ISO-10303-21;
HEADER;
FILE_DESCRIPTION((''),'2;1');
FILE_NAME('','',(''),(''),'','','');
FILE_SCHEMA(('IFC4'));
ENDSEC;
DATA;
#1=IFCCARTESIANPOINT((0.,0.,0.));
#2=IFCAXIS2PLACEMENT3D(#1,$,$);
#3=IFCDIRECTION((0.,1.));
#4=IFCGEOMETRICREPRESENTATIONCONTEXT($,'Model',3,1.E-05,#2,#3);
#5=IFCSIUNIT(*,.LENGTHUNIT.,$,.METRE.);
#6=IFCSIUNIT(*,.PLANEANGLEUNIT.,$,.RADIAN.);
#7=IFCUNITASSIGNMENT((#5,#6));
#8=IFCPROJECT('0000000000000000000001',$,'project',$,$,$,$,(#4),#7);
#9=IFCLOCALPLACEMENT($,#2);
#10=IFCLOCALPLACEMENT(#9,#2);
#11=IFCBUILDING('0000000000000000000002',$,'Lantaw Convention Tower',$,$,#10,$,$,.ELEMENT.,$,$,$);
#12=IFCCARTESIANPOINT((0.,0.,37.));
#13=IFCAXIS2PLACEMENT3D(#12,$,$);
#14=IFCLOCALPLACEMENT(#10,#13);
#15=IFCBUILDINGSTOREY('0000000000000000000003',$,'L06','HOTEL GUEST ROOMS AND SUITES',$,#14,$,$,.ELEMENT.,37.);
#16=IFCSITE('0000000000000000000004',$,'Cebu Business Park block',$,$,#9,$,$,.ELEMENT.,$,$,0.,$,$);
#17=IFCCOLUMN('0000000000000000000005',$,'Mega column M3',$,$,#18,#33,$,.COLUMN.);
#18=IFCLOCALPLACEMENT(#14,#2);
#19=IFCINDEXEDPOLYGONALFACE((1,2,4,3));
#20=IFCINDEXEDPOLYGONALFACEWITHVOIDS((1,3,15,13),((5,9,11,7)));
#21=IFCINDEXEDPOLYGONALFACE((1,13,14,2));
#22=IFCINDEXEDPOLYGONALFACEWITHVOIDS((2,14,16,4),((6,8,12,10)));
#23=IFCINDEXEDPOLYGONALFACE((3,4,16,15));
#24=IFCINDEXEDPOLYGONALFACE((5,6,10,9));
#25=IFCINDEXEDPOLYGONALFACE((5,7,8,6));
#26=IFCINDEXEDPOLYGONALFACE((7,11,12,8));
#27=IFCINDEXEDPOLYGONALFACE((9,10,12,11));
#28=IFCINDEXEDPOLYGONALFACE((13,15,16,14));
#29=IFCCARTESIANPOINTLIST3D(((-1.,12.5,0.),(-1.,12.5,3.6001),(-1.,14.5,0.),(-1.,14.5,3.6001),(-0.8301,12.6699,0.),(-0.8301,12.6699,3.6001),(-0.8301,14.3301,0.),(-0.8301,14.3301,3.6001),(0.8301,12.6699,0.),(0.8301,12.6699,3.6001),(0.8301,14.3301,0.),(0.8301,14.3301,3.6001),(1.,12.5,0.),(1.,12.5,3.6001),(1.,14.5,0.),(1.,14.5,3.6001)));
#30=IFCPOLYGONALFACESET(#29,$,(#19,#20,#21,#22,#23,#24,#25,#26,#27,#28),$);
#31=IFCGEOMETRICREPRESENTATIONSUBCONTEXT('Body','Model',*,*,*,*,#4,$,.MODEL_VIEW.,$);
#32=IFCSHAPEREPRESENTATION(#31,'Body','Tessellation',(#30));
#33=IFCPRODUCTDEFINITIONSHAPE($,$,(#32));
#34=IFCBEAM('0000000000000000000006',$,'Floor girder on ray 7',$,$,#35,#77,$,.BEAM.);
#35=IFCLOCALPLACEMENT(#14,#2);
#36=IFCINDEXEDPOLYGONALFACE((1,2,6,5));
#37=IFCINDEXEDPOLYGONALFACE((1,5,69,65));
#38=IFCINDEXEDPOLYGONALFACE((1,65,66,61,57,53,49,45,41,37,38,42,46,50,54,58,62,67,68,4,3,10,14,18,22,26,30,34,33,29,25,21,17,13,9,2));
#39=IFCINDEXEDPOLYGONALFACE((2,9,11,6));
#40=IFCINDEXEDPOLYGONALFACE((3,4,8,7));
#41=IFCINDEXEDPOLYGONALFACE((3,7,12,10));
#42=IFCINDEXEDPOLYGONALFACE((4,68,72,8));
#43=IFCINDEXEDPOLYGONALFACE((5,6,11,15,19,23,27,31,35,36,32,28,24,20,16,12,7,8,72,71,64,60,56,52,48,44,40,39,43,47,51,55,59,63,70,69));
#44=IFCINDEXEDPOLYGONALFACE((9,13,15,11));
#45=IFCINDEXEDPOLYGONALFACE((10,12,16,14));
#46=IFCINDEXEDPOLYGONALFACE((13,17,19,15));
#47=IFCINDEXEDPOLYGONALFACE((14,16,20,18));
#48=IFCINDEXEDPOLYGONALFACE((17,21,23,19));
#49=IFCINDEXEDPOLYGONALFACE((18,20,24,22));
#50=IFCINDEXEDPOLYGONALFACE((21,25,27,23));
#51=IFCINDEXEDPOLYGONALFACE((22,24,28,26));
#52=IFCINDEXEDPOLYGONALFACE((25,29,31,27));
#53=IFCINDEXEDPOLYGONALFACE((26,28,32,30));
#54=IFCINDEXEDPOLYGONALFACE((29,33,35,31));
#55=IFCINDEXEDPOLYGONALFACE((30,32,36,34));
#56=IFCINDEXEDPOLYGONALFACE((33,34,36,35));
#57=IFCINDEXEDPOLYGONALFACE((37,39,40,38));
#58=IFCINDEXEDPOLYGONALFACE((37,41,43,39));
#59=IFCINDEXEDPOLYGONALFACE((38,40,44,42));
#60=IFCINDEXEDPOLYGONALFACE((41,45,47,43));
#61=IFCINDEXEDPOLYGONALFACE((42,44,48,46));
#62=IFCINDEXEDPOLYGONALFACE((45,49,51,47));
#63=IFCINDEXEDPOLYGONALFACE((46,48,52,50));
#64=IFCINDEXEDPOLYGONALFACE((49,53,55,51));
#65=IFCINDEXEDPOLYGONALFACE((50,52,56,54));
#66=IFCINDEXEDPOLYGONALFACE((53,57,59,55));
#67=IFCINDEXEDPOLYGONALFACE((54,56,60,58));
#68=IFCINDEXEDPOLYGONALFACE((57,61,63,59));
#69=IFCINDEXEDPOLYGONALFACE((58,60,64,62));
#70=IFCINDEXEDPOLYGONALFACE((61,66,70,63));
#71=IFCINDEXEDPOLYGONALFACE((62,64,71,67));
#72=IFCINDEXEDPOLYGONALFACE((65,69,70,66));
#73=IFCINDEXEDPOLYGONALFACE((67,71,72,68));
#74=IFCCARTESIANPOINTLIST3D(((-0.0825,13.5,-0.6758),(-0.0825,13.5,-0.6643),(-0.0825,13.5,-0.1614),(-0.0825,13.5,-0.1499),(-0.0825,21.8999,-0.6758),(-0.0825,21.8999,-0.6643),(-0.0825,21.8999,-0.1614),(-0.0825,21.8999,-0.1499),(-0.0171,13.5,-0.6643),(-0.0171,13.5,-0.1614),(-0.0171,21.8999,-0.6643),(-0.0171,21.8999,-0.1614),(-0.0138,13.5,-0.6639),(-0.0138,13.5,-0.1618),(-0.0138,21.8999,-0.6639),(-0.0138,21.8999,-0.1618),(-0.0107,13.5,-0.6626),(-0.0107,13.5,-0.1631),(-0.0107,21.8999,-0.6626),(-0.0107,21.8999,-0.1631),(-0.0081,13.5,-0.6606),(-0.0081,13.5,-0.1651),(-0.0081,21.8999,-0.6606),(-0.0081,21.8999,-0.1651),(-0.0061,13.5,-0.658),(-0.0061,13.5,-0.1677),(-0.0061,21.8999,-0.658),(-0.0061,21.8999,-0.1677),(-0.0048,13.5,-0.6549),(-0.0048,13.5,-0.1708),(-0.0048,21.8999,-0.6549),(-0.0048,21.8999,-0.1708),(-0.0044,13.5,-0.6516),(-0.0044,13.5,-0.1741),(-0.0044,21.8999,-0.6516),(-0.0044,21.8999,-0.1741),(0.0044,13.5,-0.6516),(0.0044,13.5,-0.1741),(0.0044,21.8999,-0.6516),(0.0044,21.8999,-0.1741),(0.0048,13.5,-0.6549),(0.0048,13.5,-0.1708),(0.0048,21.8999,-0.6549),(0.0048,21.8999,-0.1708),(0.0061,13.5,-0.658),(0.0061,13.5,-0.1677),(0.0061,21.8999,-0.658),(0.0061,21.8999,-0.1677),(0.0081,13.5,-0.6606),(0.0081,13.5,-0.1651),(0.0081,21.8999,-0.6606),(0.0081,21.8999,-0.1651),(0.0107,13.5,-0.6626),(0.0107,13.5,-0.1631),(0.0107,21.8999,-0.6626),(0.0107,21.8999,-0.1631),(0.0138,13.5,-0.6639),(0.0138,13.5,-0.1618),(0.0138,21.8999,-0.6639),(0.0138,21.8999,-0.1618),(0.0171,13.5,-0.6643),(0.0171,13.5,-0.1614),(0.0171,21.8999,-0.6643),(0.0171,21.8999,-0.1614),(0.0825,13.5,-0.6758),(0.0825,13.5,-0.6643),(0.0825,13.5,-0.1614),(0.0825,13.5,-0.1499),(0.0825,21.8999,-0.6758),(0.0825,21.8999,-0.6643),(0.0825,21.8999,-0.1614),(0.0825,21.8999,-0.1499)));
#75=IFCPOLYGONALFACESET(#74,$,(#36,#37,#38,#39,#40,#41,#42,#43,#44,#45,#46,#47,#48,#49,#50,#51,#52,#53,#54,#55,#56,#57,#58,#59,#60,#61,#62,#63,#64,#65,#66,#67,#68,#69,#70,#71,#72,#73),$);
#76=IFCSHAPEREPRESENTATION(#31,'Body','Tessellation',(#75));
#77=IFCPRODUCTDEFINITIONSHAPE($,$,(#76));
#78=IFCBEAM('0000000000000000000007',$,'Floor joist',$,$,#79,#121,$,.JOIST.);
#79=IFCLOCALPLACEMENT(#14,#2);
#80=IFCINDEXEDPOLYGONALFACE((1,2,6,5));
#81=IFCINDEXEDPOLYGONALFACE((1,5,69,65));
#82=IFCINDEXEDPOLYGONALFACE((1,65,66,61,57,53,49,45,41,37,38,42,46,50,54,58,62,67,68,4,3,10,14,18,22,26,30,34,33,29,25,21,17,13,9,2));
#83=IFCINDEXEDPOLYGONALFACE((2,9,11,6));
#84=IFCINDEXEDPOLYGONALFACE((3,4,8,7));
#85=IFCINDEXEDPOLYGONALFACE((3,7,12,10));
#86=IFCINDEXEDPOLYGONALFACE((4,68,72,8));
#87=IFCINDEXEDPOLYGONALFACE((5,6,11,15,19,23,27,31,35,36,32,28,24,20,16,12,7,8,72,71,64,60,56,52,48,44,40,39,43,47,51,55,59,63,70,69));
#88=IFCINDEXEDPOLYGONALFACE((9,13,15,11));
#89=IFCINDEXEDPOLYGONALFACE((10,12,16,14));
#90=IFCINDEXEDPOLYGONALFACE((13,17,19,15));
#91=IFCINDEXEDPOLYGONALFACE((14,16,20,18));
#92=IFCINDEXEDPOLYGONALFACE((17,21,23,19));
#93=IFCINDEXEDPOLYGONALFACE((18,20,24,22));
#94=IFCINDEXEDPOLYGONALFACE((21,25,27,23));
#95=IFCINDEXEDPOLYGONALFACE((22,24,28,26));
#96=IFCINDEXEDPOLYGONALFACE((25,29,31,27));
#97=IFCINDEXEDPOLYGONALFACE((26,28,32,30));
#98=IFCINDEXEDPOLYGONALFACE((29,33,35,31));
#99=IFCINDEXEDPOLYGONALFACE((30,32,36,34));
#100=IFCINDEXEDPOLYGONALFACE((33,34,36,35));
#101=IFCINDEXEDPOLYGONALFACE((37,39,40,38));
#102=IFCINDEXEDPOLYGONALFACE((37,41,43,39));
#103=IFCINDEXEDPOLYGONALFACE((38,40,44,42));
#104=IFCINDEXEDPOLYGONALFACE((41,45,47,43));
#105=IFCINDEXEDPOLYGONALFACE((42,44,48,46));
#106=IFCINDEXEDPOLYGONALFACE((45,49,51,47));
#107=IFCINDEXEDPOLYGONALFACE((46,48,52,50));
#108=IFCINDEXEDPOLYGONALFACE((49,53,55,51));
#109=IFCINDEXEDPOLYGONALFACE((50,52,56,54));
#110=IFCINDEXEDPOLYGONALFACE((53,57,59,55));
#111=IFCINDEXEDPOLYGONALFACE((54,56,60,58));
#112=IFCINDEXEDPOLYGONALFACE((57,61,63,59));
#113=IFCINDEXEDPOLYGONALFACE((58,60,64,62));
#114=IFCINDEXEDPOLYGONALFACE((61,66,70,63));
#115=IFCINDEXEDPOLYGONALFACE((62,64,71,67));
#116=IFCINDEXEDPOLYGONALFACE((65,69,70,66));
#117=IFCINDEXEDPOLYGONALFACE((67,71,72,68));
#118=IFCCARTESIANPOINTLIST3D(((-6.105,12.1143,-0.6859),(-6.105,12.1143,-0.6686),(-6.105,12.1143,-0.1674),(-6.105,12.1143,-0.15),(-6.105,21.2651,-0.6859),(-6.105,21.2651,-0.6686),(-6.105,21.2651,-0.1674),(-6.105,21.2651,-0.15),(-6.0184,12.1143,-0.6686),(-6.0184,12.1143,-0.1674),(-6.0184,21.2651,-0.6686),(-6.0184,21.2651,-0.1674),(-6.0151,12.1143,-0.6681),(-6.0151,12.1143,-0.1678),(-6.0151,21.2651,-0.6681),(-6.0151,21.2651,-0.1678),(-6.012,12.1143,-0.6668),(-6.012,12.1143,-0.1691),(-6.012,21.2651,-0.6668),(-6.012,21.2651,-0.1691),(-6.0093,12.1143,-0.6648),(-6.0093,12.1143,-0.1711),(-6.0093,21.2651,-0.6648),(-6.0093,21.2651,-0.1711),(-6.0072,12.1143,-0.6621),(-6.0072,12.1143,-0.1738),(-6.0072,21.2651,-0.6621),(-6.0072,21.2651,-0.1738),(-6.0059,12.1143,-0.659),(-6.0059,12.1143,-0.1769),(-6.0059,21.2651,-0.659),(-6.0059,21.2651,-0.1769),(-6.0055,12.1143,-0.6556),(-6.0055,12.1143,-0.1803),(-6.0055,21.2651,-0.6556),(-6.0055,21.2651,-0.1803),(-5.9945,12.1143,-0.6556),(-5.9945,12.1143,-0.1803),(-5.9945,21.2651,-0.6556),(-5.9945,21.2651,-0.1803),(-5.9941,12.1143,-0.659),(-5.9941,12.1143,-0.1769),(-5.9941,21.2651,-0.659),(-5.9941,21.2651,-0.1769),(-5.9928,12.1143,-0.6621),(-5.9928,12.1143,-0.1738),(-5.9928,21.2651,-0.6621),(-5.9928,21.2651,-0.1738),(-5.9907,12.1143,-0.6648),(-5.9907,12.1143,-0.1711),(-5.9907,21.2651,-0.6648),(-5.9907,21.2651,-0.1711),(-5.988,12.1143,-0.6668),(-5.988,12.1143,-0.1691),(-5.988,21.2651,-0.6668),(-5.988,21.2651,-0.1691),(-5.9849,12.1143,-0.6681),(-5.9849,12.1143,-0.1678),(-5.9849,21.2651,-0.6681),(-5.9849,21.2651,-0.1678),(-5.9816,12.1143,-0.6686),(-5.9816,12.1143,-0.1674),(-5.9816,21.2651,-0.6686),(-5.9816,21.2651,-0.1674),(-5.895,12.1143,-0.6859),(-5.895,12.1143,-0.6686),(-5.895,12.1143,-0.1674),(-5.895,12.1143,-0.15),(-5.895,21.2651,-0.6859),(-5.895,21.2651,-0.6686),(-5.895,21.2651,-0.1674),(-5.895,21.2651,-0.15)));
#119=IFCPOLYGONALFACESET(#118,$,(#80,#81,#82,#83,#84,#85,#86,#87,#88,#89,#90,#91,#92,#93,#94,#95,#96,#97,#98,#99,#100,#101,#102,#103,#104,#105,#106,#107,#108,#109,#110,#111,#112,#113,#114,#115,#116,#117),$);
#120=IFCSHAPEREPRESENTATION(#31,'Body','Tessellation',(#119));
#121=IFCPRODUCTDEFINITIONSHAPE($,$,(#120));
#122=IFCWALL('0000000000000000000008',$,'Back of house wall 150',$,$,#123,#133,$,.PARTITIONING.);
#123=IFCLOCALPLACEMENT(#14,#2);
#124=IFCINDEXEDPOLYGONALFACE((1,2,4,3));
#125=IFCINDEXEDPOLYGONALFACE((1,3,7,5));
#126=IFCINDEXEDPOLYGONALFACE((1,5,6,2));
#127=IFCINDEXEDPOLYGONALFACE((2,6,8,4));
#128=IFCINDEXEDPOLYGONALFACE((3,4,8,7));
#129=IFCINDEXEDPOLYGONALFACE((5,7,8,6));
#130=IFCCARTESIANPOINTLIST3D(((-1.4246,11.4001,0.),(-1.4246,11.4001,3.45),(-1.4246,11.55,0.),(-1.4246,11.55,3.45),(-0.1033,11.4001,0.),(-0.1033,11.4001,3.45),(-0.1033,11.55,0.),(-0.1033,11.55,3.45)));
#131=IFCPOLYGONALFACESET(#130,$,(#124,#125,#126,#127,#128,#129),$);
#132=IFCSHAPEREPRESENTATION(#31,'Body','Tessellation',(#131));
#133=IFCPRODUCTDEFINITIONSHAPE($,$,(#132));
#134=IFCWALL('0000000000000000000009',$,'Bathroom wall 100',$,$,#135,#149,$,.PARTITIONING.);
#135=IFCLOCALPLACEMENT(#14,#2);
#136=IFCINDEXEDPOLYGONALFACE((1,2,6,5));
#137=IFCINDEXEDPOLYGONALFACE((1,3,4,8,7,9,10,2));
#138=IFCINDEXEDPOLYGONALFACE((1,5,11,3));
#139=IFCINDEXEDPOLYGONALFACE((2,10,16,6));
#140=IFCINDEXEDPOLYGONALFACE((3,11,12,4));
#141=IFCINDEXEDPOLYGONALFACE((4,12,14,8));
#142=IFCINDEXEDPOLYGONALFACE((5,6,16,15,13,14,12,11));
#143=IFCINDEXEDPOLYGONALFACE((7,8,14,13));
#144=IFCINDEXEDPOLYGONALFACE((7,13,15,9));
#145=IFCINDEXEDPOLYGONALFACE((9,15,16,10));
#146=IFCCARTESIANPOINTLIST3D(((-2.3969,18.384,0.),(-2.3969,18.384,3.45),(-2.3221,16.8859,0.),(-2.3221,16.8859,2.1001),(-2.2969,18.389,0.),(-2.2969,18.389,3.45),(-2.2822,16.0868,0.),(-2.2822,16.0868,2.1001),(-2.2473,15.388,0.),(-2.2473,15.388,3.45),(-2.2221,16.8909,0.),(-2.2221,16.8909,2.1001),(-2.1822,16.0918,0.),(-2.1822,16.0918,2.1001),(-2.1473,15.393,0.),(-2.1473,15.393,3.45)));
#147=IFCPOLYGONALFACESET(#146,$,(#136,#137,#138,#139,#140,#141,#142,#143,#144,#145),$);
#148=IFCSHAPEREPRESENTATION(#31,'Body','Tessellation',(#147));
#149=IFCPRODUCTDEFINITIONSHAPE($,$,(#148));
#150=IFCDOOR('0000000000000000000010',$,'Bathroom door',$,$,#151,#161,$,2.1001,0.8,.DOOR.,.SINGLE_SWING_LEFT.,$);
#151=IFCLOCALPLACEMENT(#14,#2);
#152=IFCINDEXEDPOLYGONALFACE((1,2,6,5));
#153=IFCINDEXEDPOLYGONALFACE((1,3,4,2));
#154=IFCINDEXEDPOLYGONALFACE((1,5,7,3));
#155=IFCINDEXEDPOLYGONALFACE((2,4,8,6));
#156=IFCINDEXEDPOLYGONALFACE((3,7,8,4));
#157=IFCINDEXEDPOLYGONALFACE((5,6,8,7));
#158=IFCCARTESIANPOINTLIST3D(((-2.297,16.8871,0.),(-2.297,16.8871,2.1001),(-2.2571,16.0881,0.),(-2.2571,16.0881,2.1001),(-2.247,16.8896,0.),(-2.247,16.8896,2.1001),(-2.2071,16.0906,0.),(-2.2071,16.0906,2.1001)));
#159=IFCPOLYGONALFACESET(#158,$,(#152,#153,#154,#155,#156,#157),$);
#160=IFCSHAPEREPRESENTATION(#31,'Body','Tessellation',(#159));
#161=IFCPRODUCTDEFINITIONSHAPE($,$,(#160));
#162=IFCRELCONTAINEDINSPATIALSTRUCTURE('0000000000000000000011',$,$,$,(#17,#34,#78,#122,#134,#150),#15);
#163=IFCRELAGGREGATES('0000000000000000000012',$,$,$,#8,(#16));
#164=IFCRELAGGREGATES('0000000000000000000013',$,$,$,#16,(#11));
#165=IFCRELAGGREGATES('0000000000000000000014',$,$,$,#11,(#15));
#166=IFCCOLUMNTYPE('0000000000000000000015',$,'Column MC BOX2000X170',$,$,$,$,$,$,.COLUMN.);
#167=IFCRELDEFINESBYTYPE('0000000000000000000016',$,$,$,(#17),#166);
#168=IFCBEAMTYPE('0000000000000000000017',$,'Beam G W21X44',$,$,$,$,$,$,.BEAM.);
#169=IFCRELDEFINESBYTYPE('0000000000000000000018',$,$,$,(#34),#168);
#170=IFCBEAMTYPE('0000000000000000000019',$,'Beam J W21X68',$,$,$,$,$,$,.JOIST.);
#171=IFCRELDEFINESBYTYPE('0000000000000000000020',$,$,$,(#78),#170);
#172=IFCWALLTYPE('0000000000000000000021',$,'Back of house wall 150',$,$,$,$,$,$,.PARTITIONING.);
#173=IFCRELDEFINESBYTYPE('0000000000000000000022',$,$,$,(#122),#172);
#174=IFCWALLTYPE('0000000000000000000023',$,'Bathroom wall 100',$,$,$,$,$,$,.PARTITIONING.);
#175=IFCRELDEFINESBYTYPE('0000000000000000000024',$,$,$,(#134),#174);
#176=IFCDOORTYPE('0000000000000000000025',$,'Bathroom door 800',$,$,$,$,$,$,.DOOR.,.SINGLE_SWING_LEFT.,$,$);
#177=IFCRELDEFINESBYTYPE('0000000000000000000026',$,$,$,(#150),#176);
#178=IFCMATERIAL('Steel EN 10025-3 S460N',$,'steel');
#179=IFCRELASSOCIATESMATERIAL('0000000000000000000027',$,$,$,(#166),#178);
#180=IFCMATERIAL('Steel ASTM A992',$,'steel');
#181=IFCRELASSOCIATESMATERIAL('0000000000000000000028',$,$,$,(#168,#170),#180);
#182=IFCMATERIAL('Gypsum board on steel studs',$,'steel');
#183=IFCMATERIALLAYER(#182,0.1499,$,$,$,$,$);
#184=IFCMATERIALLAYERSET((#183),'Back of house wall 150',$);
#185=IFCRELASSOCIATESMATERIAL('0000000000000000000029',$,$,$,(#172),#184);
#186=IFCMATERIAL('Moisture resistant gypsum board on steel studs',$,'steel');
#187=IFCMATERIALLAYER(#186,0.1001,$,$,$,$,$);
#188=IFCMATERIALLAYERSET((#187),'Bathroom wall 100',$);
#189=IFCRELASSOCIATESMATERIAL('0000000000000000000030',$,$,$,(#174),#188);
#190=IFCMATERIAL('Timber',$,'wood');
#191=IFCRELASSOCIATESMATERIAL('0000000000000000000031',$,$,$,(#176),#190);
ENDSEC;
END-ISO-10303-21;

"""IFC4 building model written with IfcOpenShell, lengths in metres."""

from ifc_helpers import new_model, si_unit, direction, frame, frame_2d, origin, origin_2d, place, context, subcontext, project, spatial, rectangle, hollow_rectangle, i_section, extrude, material, layer, layer_set, material_profile, profile_set, type_object, element, fill, save


model = new_model("IFC4")

# Units and contexts
model_context = context("Model", 3, precision=1e-05, world=origin(), true_north=direction((0.0, 1.0)))
body_context = subcontext(model_context, "Body", "Model", "MODEL_VIEW")
ifc_project = project(units=[si_unit("LENGTHUNIT", "METRE"), si_unit("PLANEANGLEUNIT", "RADIAN")], contexts=[model_context])

# Site, building, storey
site_placement = place(None, origin())
site = spatial("IfcSite", under=ifc_project, at=site_placement, Name="Cebu Business Park block", CompositionType="ELEMENT", RefElevation=0.0)
building_placement = place(site_placement, origin())
building = spatial("IfcBuilding", under=site, at=building_placement, Name="Lantaw Convention Tower", CompositionType="ELEMENT")
storey_placement = place(building_placement, frame((0.0, 0.0, 37.0)))
storey = spatial("IfcBuildingStorey", under=building, at=storey_placement, Name="L06", Description="HOTEL GUEST ROOMS AND SUITES", CompositionType="ELEMENT", Elevation=37.0)

# Column
ifc_material_1 = material(Name="Steel EN 10025-3 S460N", Category="steel")
ifc_material_profile_1 = material_profile(ifc_material_1, hollow_rectangle(XDim=2.0, YDim=2.0, WallThickness=0.1699, at=origin_2d()), Name="BOX2000X170")
ifc_material_2 = material(Name="Concrete C60/75", Category="concrete")
ifc_material_profile_2 = material_profile(ifc_material_2, rectangle(XDim=1.6599, YDim=1.6599, at=origin_2d()), Name="Concrete fill of BOX2000X170")
ifc_profile_set_1 = profile_set([ifc_material_profile_1, ifc_material_profile_2], Name="Steel EN 10025-3 S460N")
column_type = type_object("IfcColumnType", Name="Column MC BOX2000X170", PredefinedType="COLUMN", material=ifc_profile_set_1)
column_placement = place(storey_placement, frame((0.0, 13.5, 0.0), z_axis=(0.0, 0.0, 1.0), x_axis=(1.0, 0.0, 0.0)))
element("IfcColumn", 1, at=column_placement, inside=storey, type_object=column_type, Name="Mega column M3", PredefinedType="COLUMN", context=body_context, shape_type="SweptSolid", body=[
    extrude(hollow_rectangle(XDim=2.0, YDim=2.0, WallThickness=0.1699, at=origin_2d()), origin(), (0.0, 0.0, 1.0), 3.6001),
])

# Beams
ifc_material_3 = material(Name="Steel ASTM A992", Category="steel")
ifc_material_profile_3 = material_profile(ifc_material_3, i_section(OverallWidth=0.165, OverallDepth=0.5259, WebThickness=0.0088, FlangeThickness=0.0115, FilletRadius=0.0127, at=origin_2d()), Name="W21X44")
ifc_profile_set_2 = profile_set([ifc_material_profile_3], Name="Steel ASTM A992")
beam_type_1 = type_object("IfcBeamType", Name="Beam G W21X44", PredefinedType="BEAM", material=ifc_profile_set_2)
beam_1_placement = place(storey_placement, frame((0.0, 13.5, -0.4128), z_axis=(0.0, 1.0, 0.0), x_axis=(-1.0, 0.0, 0.0)))
element("IfcBeam", 2, at=beam_1_placement, inside=storey, type_object=beam_type_1, Name="Floor girder on ray 7", PredefinedType="BEAM", context=body_context, shape_type="SweptSolid", body=[
    extrude(i_section(OverallWidth=0.165, OverallDepth=0.5259, WebThickness=0.0088, FlangeThickness=0.0115, FilletRadius=0.0127, at=origin_2d()), origin(), (0.0, 0.0, 1.0), 8.3999),
])
ifc_material_profile_4 = material_profile(ifc_material_3, i_section(OverallWidth=0.21, OverallDepth=0.5359, WebThickness=0.011, FlangeThickness=0.0173, FilletRadius=0.0129, at=origin_2d()), Name="W21X68")
ifc_profile_set_3 = profile_set([ifc_material_profile_4], Name="Steel ASTM A992")
beam_type_2 = type_object("IfcBeamType", Name="Beam J W21X68", PredefinedType="JOIST", material=ifc_profile_set_3)
beam_2_placement = place(storey_placement, frame((-6.0, 12.1143, -0.418), z_axis=(0.0, 1.0, 0.0), x_axis=(-1.0, 0.0, 0.0)))
element("IfcBeam", 3, at=beam_2_placement, inside=storey, type_object=beam_type_2, Name="Floor joist", PredefinedType="JOIST", context=body_context, shape_type="SweptSolid", body=[
    extrude(i_section(OverallWidth=0.21, OverallDepth=0.5359, WebThickness=0.011, FlangeThickness=0.0173, FilletRadius=0.0129, at=origin_2d()), origin(), (0.0, 0.0, 1.0), 9.1509),
])

# Wall
ifc_material_4 = material(Name="Gypsum board on steel studs", Category="steel")
ifc_layer_1 = layer(ifc_material_4, 0.1499)
ifc_layer_set_1 = layer_set([ifc_layer_1], Name="Back of house wall 150")
wall_type_1 = type_object("IfcWallType", Name="Back of house wall 150", PredefinedType="PARTITIONING", material=ifc_layer_set_1)
wall_1_placement = place(storey_placement, frame((-0.1033, 11.4751, 0.0), z_axis=(0.0, 0.0, 1.0), x_axis=(-1.0, 0.0, 0.0)))
element("IfcWall", 4, at=wall_1_placement, inside=storey, type_object=wall_type_1, Name="Back of house wall 150", PredefinedType="PARTITIONING", context=body_context, shape_type="SweptSolid", body=[
    extrude(rectangle(XDim=1.3213, YDim=0.1499, at=frame_2d((0.6606, 0.0))), origin(), (0.0, 0.0, 1.0), 3.45),
])

# Wall, opening, door
ifc_material_5 = material(Name="Moisture resistant gypsum board on steel studs", Category="steel")
ifc_layer_2 = layer(ifc_material_5, 0.1001)
ifc_layer_set_2 = layer_set([ifc_layer_2], Name="Bathroom wall 100")
wall_type_2 = type_object("IfcWallType", Name="Bathroom wall 100", PredefinedType="PARTITIONING", material=ifc_layer_set_2)
wall_2_placement = place(storey_placement, frame((-2.1973, 15.3904, 0.0), z_axis=(0.0, 0.0, 1.0), x_axis=(-0.049889, 0.998755, 0.0)))
wall_2 = element("IfcWall", 5, at=wall_2_placement, inside=storey, type_object=wall_type_2, Name="Bathroom wall 100", PredefinedType="PARTITIONING", context=body_context, shape_type="SweptSolid", body=[
    extrude(rectangle(XDim=2.9998, YDim=0.1001, at=frame_2d((1.5, 0.0))), origin(), (0.0, 0.0, 1.0), 3.45),
])
opening_1_placement = place(wall_2_placement, frame((0.7, 0.0, 0.0)))
opening_1 = element("IfcOpeningElement", 6, at=opening_1_placement, cuts=wall_2, PredefinedType="OPENING", context=body_context, shape_type="SweptSolid", body=[
    extrude(rectangle(XDim=0.8, YDim=2.1001, at=frame_2d((0.3999, 1.05))), frame((0.0, 0.0601, 0.0), z_axis=(0.0, -1.0, 0.0), x_axis=(1.0, 0.0, 0.0)), (0.0, 0.0, 1.0), 0.1201),
])
ifc_material_6 = material(Name="Timber", Category="wood")
door_type_1 = type_object("IfcDoorType", Name="Bathroom door 800", OperationType="SINGLE_SWING_LEFT", PredefinedType="DOOR", material=ifc_material_6)
door_1_placement = place(opening_1_placement, origin())
door_1 = element("IfcDoor", 7, at=door_1_placement, inside=storey, type_object=door_type_1, Name="Bathroom door", OperationType="SINGLE_SWING_LEFT", OverallHeight=2.1001, OverallWidth=0.8, PredefinedType="DOOR", context=body_context, shape_type="SweptSolid", body=[
    extrude(rectangle(XDim=0.8, YDim=2.1001, at=frame_2d((0.3999, 1.05))), frame((0.0, 0.0249, 0.0), z_axis=(0.0, -1.0, 0.0), x_axis=(1.0, 0.0, 0.0)), (0.0, 0.0, 1.0), 0.05),
])
fill(opening_1, door_1)

save(model, "model.ifc")
